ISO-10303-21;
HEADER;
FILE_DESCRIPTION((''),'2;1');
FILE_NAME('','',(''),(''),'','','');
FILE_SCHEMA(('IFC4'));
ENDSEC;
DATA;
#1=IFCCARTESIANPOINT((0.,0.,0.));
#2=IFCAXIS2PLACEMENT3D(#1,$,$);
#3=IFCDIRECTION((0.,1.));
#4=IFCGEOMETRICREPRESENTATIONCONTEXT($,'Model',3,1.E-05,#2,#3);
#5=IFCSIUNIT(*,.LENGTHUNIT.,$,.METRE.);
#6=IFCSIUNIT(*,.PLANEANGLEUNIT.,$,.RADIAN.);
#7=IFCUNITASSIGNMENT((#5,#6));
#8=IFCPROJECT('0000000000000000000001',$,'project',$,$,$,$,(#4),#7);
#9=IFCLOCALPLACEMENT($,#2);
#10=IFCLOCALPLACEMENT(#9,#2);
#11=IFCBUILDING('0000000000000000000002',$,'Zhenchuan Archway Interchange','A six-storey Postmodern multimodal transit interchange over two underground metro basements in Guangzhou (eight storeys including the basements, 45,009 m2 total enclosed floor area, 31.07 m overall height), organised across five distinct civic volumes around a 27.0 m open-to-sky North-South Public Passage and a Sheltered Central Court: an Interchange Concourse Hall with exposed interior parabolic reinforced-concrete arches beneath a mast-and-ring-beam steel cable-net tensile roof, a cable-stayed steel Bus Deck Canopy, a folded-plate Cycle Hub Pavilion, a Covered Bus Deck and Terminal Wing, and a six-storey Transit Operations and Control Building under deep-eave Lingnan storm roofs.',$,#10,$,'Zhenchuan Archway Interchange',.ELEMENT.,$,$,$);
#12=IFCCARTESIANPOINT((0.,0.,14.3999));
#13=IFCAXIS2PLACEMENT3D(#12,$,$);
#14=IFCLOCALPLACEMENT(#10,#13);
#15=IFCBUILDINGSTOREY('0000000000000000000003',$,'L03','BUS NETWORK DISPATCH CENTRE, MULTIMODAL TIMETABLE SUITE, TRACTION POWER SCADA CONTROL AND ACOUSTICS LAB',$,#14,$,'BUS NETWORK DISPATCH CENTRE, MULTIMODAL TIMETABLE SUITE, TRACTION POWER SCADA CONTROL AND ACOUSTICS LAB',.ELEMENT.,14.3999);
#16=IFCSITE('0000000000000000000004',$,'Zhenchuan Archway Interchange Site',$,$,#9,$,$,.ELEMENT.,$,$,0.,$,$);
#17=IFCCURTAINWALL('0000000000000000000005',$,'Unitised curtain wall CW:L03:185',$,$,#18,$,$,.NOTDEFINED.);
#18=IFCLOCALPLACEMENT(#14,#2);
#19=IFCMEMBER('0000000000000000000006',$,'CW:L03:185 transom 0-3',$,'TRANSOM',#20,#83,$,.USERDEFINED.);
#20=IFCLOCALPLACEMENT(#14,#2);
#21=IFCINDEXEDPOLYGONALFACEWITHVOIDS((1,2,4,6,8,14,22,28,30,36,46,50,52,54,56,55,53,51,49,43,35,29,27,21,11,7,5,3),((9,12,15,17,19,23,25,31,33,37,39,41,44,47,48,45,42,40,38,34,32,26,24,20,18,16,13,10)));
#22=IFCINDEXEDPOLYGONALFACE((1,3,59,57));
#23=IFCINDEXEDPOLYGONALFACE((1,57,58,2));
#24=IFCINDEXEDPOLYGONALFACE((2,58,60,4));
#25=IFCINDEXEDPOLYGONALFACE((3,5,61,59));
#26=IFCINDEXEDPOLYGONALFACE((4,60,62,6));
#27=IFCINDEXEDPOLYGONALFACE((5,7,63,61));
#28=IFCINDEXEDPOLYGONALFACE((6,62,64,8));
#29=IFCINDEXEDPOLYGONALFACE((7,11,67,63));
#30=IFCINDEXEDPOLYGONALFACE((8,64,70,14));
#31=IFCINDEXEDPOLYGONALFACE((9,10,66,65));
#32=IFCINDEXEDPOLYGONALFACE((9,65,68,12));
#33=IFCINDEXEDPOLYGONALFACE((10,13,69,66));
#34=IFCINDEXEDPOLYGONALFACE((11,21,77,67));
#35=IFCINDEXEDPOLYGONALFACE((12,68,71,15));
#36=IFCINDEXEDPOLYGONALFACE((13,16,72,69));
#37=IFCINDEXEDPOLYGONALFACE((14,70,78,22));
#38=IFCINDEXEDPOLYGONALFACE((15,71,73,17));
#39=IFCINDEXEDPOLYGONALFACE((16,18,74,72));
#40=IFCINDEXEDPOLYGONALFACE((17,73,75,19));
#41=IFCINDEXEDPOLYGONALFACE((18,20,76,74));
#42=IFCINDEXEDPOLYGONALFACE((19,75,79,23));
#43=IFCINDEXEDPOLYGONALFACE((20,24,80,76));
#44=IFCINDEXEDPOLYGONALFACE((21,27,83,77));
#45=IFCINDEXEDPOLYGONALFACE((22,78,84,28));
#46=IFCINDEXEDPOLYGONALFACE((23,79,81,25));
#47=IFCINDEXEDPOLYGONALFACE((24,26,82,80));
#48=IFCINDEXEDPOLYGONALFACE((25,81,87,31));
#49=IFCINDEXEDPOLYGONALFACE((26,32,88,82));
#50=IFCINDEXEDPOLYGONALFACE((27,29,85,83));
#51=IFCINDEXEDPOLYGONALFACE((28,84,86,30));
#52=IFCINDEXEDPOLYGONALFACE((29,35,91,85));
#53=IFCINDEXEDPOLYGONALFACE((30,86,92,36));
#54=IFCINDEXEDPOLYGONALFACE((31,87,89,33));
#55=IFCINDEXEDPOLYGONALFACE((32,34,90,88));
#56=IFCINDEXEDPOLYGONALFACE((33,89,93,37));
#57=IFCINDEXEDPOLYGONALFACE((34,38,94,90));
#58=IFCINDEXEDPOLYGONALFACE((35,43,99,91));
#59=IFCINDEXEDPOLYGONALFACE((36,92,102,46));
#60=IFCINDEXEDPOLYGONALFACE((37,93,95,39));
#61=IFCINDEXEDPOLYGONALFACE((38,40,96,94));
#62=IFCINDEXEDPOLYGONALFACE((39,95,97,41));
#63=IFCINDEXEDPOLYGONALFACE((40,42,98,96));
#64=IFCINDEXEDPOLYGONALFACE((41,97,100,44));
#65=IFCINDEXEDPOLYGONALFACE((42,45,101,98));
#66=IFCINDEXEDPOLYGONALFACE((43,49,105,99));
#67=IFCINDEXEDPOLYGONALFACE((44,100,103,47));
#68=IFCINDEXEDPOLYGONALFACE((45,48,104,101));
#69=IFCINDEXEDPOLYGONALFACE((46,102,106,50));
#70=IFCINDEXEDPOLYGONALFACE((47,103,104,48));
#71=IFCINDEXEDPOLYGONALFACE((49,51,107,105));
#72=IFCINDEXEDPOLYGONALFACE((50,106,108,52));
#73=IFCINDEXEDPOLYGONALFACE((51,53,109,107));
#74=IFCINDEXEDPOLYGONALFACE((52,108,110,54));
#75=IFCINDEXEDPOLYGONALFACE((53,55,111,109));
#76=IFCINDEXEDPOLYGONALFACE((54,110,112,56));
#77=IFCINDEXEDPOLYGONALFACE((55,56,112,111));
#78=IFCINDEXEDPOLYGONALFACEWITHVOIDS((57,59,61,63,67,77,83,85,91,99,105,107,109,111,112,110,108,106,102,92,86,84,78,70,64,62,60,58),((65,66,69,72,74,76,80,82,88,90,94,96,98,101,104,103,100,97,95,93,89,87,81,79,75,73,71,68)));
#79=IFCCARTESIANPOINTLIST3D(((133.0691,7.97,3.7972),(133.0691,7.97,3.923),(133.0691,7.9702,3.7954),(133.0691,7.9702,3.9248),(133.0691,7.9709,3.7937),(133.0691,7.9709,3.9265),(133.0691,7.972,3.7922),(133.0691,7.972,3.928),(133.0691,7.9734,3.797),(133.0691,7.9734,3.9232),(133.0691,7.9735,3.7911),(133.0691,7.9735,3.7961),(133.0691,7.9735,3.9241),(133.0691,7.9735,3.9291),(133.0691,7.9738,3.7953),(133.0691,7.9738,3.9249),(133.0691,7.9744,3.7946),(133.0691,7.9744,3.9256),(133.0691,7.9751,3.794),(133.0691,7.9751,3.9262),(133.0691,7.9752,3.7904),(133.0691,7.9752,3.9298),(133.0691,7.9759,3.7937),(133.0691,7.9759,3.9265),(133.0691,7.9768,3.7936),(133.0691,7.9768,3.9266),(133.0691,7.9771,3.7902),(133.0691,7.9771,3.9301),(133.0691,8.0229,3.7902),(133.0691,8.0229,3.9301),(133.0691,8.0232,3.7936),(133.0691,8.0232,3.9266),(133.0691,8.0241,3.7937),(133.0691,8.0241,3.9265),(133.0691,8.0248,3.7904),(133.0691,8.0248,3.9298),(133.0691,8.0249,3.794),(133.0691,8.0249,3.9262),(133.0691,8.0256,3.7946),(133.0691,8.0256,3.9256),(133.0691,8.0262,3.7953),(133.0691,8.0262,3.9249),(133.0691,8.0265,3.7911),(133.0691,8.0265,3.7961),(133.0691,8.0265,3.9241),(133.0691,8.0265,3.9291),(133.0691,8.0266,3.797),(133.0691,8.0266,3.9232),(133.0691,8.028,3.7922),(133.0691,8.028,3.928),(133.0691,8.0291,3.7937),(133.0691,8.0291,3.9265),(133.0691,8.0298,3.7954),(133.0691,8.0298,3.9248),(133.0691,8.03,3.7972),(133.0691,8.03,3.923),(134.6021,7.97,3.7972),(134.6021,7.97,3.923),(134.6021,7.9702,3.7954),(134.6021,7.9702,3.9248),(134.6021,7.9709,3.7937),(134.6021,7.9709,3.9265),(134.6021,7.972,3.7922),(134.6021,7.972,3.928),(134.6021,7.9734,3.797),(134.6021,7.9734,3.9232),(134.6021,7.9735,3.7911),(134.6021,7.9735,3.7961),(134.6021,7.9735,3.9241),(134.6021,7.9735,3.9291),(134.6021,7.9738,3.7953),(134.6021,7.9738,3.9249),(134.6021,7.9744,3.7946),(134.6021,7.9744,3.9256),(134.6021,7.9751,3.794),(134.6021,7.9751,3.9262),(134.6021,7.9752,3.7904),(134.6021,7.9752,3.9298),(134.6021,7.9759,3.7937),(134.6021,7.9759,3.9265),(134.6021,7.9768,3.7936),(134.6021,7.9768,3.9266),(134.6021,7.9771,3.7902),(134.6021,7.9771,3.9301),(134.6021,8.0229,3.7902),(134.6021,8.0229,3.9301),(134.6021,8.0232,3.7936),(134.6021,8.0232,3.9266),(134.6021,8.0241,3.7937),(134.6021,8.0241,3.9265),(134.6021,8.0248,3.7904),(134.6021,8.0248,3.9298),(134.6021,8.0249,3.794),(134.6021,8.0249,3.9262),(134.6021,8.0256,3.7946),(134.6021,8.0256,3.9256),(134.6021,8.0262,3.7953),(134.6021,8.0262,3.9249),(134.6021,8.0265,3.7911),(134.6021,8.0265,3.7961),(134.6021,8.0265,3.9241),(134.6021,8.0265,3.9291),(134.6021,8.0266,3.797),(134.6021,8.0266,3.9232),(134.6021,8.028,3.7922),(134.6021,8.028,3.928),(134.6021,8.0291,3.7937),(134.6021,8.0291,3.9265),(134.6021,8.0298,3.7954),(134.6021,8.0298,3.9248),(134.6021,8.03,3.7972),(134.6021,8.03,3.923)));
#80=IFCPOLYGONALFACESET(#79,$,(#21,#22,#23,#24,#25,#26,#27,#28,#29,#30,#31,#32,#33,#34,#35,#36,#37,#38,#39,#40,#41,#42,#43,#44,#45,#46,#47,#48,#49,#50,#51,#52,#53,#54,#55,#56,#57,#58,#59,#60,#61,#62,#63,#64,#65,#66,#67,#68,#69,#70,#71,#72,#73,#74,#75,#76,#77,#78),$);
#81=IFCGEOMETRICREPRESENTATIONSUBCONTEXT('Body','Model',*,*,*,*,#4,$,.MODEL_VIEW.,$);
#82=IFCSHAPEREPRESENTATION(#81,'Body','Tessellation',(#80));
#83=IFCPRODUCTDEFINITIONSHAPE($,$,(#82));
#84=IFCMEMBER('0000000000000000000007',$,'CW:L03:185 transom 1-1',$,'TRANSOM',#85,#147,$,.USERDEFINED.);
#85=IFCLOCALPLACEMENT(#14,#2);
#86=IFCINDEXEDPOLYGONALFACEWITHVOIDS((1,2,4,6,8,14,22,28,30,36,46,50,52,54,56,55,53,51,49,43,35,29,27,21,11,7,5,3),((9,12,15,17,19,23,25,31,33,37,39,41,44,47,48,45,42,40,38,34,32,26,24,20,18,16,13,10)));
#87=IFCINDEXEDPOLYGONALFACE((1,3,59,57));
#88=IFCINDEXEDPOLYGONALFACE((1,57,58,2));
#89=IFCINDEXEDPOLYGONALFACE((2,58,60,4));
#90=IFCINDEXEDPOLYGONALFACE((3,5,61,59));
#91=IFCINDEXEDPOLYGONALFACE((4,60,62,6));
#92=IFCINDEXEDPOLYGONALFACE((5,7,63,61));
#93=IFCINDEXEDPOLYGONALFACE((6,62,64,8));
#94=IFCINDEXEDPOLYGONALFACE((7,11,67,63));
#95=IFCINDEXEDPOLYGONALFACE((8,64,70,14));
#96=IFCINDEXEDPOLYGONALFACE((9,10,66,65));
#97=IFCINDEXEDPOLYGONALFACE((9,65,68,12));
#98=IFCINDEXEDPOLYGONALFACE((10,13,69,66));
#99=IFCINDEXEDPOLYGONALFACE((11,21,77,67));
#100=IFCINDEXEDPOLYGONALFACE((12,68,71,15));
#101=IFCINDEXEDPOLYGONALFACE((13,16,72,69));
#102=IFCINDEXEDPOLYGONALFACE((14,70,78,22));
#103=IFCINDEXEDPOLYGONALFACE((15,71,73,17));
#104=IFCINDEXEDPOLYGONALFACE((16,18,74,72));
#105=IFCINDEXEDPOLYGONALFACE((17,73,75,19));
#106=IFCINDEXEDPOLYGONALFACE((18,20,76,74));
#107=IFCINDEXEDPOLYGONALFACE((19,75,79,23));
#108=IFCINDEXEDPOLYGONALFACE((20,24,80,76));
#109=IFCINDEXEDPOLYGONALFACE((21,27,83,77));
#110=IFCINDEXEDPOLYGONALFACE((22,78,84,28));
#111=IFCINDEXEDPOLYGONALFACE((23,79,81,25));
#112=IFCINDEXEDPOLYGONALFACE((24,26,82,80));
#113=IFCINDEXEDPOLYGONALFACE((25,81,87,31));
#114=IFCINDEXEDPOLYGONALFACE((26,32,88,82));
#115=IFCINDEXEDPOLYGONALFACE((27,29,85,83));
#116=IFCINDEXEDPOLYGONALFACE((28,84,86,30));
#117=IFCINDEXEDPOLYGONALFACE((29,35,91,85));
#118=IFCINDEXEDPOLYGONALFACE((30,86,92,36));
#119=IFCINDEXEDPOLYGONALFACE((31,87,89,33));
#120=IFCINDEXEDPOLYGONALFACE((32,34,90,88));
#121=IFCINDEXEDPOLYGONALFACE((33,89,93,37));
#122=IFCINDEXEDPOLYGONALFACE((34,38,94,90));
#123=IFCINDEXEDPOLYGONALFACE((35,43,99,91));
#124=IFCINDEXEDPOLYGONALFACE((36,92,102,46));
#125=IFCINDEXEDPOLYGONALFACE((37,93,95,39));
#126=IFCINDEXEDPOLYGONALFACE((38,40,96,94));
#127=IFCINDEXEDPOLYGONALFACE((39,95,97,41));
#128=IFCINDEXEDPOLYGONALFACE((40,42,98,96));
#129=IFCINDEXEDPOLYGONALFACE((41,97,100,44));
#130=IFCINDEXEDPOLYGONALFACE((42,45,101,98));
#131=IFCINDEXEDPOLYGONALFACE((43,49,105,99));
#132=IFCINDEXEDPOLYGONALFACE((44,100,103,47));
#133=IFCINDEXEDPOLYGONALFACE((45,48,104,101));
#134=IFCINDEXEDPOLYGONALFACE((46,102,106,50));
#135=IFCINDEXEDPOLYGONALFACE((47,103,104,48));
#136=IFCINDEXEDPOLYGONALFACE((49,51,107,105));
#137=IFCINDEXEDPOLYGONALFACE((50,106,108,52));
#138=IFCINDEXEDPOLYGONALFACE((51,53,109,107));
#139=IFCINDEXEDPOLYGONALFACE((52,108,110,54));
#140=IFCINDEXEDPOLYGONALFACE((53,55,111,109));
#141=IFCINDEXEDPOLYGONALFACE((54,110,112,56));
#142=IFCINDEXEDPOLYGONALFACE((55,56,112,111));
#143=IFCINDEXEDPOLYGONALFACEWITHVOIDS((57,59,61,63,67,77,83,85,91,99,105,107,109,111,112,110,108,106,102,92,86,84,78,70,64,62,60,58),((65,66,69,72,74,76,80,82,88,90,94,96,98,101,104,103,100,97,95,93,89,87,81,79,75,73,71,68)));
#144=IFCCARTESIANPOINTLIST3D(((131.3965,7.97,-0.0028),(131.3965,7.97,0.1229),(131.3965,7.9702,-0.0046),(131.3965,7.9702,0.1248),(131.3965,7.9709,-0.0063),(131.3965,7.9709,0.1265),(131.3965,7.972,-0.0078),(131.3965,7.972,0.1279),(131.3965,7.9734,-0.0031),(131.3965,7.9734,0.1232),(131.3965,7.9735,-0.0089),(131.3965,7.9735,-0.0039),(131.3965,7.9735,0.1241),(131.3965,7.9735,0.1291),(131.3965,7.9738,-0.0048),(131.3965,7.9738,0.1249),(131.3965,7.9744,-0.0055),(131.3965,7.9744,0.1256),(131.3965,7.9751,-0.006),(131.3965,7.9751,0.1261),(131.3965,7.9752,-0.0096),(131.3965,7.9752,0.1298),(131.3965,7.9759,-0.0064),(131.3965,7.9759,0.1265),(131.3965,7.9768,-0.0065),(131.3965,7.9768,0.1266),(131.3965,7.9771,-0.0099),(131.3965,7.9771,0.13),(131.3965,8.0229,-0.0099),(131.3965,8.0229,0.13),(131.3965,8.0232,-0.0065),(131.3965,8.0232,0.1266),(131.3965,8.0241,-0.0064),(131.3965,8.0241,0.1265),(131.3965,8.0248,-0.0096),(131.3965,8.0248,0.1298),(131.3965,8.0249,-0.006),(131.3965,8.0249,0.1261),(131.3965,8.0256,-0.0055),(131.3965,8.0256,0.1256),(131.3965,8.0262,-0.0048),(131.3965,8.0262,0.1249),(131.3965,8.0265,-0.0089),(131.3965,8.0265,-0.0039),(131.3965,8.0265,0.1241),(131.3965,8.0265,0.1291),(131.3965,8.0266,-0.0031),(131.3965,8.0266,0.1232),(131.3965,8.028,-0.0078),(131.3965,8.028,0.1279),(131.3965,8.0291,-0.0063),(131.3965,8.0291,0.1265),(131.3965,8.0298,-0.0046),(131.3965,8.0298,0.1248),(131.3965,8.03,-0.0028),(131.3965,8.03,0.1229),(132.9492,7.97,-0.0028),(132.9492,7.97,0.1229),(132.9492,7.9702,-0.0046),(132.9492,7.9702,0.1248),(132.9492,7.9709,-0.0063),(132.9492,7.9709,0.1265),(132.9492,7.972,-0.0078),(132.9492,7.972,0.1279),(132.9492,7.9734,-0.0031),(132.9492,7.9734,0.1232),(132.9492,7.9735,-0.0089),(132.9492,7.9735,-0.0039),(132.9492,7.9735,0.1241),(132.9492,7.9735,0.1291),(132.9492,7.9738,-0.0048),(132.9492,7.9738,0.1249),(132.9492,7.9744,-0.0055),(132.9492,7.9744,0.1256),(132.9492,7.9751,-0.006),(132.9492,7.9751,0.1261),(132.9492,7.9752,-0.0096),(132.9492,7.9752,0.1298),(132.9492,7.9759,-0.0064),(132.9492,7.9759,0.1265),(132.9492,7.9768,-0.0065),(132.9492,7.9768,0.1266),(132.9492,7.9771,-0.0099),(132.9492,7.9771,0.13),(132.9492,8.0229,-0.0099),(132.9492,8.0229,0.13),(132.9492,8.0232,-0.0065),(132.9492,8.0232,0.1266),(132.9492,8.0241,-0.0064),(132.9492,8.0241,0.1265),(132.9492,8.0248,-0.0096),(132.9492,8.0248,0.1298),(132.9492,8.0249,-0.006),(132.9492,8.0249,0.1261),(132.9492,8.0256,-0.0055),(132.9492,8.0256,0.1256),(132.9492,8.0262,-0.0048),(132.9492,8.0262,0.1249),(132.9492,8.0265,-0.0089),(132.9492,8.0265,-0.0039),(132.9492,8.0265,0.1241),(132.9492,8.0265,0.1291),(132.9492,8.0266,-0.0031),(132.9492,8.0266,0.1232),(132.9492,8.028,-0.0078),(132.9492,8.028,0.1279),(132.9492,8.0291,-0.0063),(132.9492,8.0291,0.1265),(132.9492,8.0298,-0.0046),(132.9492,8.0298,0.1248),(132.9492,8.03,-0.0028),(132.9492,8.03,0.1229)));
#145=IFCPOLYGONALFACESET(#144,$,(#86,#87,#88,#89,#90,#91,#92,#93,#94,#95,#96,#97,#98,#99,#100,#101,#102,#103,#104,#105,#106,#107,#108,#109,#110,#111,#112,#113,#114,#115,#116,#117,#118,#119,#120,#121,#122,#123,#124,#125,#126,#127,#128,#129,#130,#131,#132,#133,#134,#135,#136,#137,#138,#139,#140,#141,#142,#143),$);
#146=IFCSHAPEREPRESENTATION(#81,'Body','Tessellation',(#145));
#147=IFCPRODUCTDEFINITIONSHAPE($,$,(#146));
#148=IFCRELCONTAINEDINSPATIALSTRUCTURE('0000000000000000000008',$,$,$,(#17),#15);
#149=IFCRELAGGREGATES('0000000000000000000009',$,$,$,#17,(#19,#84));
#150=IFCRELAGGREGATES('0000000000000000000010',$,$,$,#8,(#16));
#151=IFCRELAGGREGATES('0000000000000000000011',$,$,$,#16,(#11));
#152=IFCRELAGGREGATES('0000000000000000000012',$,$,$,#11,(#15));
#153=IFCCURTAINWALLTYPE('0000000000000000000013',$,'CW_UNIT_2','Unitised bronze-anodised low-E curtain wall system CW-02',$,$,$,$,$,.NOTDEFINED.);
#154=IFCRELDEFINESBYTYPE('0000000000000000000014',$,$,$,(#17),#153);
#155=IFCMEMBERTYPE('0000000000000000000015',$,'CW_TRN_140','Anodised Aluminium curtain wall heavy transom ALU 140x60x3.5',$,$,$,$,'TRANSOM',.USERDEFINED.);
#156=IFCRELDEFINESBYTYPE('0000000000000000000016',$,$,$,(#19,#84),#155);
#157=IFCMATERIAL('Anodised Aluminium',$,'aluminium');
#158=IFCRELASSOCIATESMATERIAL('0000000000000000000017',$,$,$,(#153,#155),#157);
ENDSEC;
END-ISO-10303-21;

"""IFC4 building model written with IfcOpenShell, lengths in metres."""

from ifc_helpers import new_model, si_unit, direction, frame, origin, origin_2d, place, context, subcontext, project, spatial, hollow_rectangle, extrude, material, material_profile, profile_set, type_object, element, aggregate, save


model = new_model("IFC4")

# Units and contexts
model_context = context("Model", 3, precision=1e-05, world=origin(), true_north=direction((0.0, 1.0)))
body_context = subcontext(model_context, "Body", "Model", "MODEL_VIEW")
ifc_project = project(units=[si_unit("LENGTHUNIT", "METRE"), si_unit("PLANEANGLEUNIT", "RADIAN")], contexts=[model_context])

# Site, building, storey
site_placement = place(None, origin())
site = spatial("IfcSite", under=ifc_project, at=site_placement, Name="Zhenchuan Archway Interchange Site", CompositionType="ELEMENT", RefElevation=0.0)
building_placement = place(site_placement, origin())
building = spatial("IfcBuilding", under=site, at=building_placement, Name="Zhenchuan Archway Interchange", Description="A six-storey Postmodern multimodal transit interchange over two underground metro basements in Guangzhou (eight storeys including the basements, 45,009 m2 total enclosed floor area, 31.07 m overall height), organised across five distinct civic volumes around a 27.0 m open-to-sky North-South Public Passage and a Sheltered Central Court: an Interchange Concourse Hall with exposed interior parabolic reinforced-concrete arches beneath a mast-and-ring-beam steel cable-net tensile roof, a cable-stayed steel Bus Deck Canopy, a folded-plate Cycle Hub Pavilion, a Covered Bus Deck and Terminal Wing, and a six-storey Transit Operations and Control Building under deep-eave Lingnan storm roofs.", LongName="Zhenchuan Archway Interchange", CompositionType="ELEMENT")
storey_placement = place(building_placement, frame((0.0, 0.0, 14.3999)))
storey = spatial("IfcBuildingStorey", under=building, at=storey_placement, Name="L03", Description="BUS NETWORK DISPATCH CENTRE, MULTIMODAL TIMETABLE SUITE, TRACTION POWER SCADA CONTROL AND ACOUSTICS LAB", LongName="BUS NETWORK DISPATCH CENTRE, MULTIMODAL TIMETABLE SUITE, TRACTION POWER SCADA CONTROL AND ACOUSTICS LAB", CompositionType="ELEMENT", Elevation=14.3999)

# Curtain wall, members
ifc_material_1 = material(Name="Anodised Aluminium", Category="aluminium")
curtain_wall_type = type_object("IfcCurtainWallType", Name="CW_UNIT_2", Description="Unitised bronze-anodised low-E curtain wall system CW-02", PredefinedType="NOTDEFINED", material=ifc_material_1)
curtain_wall_placement = place(storey_placement, origin())
curtain_wall = element("IfcCurtainWall", 1, at=curtain_wall_placement, inside=storey, type_object=curtain_wall_type, Name="Unitised curtain wall CW:L03:185", PredefinedType="NOTDEFINED")
ifc_material_profile_1 = material_profile(ifc_material_1, hollow_rectangle(XDim=0.0601, YDim=0.1399, WallThickness=0.0034, InnerFilletRadius=0.0034, OuterFilletRadius=0.0071, at=origin_2d()), Name="ALU 140x60x3.5")
ifc_profile_set_1 = profile_set([ifc_material_profile_1], Name="Anodised Aluminium")
member_type_1 = type_object("IfcMemberType", Name="CW_TRN_140", Description="Anodised Aluminium curtain wall heavy transom ALU 140x60x3.5", ElementType="TRANSOM", PredefinedType="USERDEFINED", material=ifc_profile_set_1)
member_1_placement = place(storey_placement, frame((134.6021, 8.0, 3.8601), z_axis=(-1.0, 0.0, 0.0), x_axis=(0.0, -1.0, 0.0)))
member_1 = element("IfcMember", 2, at=member_1_placement, type_object=member_type_1, Name="CW:L03:185 transom 0-3", ObjectType="TRANSOM", PredefinedType="USERDEFINED", context=body_context, shape_type="SweptSolid", body=[
    extrude(hollow_rectangle(XDim=0.0601, YDim=0.1399, WallThickness=0.0034, InnerFilletRadius=0.0034, OuterFilletRadius=0.0071, at=origin_2d()), origin(), (0.0, 0.0, 1.0), 1.533),
])
member_2_placement = place(storey_placement, frame((132.9492, 8.0, 0.0601), z_axis=(-1.0, 0.0, 0.0), x_axis=(0.0, -1.0, 0.0)))
member_2 = element("IfcMember", 3, at=member_2_placement, type_object=member_type_1, Name="CW:L03:185 transom 1-1", ObjectType="TRANSOM", PredefinedType="USERDEFINED", context=body_context, shape_type="SweptSolid", body=[
    extrude(hollow_rectangle(XDim=0.0601, YDim=0.1399, WallThickness=0.0034, InnerFilletRadius=0.0034, OuterFilletRadius=0.0071, at=origin_2d()), origin(), (0.0, 0.0, 1.0), 1.5527),
])

aggregate(curtain_wall, [member_1, member_2])

save(model, "model.ifc")
